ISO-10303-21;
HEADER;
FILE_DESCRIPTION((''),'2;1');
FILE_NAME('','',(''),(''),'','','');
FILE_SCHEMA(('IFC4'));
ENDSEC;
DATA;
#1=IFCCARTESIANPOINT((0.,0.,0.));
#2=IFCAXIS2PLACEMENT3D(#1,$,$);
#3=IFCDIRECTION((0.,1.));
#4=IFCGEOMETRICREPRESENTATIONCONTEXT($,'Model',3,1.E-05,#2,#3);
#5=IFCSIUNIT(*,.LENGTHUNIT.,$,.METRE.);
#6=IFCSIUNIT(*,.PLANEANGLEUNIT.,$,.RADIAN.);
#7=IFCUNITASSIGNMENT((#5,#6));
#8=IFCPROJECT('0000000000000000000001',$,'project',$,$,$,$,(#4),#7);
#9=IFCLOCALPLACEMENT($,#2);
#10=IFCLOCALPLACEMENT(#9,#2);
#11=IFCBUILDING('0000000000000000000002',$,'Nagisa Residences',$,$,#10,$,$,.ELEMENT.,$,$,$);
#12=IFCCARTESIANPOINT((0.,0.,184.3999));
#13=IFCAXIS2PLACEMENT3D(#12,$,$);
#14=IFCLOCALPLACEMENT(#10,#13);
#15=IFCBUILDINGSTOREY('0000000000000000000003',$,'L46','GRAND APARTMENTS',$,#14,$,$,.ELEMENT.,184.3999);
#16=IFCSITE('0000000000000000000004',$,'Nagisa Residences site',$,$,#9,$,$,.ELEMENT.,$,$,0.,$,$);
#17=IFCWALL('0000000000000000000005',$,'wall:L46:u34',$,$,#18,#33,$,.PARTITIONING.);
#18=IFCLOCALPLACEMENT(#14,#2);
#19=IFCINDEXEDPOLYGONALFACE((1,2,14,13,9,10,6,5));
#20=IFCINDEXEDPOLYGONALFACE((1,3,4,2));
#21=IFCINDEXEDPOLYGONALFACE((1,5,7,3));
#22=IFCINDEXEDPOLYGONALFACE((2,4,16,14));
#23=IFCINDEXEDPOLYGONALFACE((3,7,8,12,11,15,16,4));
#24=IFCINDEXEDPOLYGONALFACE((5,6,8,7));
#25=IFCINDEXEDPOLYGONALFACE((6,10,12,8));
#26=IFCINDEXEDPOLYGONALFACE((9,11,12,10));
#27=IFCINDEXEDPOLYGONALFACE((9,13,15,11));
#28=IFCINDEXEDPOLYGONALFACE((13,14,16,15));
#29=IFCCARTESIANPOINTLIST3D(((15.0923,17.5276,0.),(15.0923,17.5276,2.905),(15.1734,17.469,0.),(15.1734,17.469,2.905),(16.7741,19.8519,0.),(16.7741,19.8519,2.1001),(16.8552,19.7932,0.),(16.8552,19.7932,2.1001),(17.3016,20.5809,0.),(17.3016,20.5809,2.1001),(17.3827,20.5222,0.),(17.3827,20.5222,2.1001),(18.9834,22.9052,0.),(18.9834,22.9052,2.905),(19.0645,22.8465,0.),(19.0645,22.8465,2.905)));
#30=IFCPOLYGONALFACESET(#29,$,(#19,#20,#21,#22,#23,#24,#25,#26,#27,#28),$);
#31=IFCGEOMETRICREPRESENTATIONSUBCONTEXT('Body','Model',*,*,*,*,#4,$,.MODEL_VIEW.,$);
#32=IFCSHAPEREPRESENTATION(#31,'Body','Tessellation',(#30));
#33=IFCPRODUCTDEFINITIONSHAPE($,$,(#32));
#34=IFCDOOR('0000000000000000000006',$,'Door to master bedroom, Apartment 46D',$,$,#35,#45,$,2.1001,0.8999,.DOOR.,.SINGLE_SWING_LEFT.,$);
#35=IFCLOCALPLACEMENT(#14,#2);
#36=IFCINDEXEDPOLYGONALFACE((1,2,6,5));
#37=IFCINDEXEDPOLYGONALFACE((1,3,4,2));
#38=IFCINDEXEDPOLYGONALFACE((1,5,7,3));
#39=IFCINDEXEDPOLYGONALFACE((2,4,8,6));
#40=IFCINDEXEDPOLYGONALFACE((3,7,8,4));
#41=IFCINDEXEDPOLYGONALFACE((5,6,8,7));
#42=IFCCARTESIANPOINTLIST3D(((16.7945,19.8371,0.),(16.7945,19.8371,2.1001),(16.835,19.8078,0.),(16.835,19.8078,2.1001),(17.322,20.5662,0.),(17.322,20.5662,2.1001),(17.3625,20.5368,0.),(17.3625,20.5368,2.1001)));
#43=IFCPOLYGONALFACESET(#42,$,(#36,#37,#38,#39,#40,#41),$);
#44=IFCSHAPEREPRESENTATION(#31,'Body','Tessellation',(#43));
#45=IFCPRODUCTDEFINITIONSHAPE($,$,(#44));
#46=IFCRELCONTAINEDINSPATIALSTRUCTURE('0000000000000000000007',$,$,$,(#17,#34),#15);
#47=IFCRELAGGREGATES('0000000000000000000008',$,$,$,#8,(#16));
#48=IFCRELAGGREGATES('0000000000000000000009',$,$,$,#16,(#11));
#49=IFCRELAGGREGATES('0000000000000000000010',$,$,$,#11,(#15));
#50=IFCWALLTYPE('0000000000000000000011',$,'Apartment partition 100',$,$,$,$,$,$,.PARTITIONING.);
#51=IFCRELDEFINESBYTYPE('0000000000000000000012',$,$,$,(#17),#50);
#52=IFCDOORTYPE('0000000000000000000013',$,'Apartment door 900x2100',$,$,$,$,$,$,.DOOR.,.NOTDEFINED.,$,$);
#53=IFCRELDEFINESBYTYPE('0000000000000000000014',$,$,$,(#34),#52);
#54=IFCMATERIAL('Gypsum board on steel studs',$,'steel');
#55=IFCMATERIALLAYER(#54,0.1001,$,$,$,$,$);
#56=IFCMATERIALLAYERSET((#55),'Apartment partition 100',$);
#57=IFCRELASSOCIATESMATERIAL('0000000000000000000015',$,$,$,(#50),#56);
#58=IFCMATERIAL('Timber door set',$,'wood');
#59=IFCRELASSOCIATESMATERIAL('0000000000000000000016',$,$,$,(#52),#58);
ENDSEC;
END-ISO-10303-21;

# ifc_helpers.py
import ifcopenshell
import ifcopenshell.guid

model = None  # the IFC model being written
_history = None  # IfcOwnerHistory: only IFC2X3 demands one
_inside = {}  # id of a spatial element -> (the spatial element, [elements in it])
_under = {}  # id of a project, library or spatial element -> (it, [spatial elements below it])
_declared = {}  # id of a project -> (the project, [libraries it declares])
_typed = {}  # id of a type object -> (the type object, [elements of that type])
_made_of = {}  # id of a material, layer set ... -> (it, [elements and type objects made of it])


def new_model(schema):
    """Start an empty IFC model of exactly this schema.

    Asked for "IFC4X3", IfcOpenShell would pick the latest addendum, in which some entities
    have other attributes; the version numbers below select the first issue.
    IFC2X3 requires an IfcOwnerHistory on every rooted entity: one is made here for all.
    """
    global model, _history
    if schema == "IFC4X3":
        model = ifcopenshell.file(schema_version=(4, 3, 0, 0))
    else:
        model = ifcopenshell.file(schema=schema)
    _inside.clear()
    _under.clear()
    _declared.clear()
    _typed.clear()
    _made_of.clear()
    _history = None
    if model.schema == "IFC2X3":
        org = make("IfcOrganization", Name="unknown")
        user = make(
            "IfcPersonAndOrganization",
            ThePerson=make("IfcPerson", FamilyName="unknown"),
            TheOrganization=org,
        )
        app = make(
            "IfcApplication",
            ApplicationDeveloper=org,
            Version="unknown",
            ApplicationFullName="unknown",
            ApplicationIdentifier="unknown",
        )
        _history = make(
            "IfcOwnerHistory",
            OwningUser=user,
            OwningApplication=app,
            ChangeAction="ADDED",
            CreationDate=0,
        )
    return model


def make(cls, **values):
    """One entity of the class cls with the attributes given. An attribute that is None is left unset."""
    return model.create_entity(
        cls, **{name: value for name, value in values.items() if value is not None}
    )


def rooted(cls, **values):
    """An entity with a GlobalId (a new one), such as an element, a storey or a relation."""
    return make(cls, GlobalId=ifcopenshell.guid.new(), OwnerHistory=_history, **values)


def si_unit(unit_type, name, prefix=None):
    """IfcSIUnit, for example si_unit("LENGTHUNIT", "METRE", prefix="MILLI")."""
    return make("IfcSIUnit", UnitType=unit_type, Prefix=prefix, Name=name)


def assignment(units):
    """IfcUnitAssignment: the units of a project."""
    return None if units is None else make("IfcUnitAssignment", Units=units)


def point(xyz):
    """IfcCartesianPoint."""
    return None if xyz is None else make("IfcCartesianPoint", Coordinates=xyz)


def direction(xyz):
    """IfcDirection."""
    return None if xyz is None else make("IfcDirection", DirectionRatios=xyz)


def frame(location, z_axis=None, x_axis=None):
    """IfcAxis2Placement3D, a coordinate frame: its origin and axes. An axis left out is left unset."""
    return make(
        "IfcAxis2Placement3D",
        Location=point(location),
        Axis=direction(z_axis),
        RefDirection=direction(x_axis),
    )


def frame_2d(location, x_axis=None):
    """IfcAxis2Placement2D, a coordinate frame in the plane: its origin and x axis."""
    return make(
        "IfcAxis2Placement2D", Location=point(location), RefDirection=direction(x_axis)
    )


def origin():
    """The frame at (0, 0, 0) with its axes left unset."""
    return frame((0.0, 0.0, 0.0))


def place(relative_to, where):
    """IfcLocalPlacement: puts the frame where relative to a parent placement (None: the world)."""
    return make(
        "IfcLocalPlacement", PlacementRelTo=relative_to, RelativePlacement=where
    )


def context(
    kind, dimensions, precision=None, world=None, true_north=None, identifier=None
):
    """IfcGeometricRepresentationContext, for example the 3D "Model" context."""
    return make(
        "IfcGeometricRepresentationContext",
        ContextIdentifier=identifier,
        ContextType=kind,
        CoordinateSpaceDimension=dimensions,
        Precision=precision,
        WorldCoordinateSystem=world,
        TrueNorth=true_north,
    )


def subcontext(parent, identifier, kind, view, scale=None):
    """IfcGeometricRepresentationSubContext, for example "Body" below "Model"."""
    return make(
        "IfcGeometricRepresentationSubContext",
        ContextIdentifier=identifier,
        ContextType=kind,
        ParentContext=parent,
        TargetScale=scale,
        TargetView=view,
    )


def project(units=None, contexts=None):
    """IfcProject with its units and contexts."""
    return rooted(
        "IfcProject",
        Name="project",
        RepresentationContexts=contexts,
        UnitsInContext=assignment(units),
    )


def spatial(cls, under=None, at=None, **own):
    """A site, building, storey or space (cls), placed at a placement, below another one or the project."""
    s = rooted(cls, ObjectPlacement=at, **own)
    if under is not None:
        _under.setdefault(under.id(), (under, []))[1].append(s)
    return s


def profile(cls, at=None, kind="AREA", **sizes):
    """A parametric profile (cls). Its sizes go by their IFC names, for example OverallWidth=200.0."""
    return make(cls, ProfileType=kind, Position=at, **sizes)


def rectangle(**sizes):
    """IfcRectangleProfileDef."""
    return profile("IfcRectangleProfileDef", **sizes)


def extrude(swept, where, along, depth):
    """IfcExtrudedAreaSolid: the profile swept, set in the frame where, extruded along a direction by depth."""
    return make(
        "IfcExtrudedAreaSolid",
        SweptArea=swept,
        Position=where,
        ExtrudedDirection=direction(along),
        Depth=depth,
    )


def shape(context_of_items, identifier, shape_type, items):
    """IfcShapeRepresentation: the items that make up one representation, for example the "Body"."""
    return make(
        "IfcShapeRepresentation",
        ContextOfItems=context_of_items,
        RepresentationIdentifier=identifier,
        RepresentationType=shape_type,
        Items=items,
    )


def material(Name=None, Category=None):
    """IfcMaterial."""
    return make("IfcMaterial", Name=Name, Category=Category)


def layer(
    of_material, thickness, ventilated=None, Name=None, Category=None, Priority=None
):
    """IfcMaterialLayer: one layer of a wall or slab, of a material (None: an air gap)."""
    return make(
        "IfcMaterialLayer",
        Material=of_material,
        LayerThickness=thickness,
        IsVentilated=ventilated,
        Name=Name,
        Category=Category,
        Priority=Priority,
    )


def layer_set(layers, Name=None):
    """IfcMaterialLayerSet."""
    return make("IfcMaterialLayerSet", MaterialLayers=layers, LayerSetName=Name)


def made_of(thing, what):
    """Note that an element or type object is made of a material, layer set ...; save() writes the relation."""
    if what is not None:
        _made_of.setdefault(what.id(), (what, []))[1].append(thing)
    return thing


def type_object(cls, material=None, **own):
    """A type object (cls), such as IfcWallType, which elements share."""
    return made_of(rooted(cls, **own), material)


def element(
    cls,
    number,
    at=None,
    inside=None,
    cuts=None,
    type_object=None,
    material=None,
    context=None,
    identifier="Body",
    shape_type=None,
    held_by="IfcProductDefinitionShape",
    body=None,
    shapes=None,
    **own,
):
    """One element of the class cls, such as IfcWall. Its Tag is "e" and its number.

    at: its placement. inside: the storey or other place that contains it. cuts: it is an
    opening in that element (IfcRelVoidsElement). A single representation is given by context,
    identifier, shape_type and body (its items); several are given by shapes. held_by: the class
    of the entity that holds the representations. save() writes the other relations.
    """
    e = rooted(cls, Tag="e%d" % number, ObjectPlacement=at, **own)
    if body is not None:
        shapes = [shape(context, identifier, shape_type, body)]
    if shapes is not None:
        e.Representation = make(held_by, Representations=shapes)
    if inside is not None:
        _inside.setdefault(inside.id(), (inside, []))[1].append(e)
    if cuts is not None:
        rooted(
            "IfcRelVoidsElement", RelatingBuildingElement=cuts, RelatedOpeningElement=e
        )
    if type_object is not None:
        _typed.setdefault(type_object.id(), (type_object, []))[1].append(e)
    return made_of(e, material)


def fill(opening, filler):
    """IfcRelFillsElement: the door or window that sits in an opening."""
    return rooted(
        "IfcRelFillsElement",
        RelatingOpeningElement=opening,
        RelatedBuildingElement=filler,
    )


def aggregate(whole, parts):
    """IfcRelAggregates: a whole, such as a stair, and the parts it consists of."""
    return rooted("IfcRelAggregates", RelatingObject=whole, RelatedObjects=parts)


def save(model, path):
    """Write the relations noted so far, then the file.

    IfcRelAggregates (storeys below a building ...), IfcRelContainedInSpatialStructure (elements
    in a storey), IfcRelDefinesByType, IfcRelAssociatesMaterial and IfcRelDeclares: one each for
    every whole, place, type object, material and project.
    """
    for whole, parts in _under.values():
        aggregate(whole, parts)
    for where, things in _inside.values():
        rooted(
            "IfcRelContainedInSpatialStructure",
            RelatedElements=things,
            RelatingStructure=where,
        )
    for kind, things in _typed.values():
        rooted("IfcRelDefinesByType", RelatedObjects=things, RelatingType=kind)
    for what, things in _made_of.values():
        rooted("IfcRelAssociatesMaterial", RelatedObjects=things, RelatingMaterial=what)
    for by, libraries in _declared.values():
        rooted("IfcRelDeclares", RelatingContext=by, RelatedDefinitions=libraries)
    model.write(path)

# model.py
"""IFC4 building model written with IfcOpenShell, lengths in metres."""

from ifc_helpers import new_model, si_unit, direction, frame, frame_2d, origin, place, context, subcontext, project, spatial, rectangle, extrude, material, layer, layer_set, type_object, element, fill, save


model = new_model("IFC4")

# Units and contexts
model_context = context("Model", 3, precision=1e-05, world=origin(), true_north=direction((0.0, 1.0)))
body_context = subcontext(model_context, "Body", "Model", "MODEL_VIEW")
ifc_project = project(units=[si_unit("LENGTHUNIT", "METRE"), si_unit("PLANEANGLEUNIT", "RADIAN")], contexts=[model_context])

# Site, building, storey
site_placement = place(None, origin())
site = spatial("IfcSite", under=ifc_project, at=site_placement, Name="Nagisa Residences site", CompositionType="ELEMENT", RefElevation=0.0)
building_placement = place(site_placement, origin())
building = spatial("IfcBuilding", under=site, at=building_placement, Name="Nagisa Residences", CompositionType="ELEMENT")
storey_placement = place(building_placement, frame((0.0, 0.0, 184.3999)))
storey = spatial("IfcBuildingStorey", under=building, at=storey_placement, Name="L46", Description="GRAND APARTMENTS", CompositionType="ELEMENT", Elevation=184.3999)

# Wall, opening, door
ifc_material_1 = material(Name="Gypsum board on steel studs", Category="steel")
ifc_layer_1 = layer(ifc_material_1, 0.1001)
ifc_layer_set_1 = layer_set([ifc_layer_1], Name="Apartment partition 100")
wall_type_1 = type_object("IfcWallType", Name="Apartment partition 100", PredefinedType="PARTITIONING", material=ifc_layer_set_1)
ifc_material_2 = material(Name="Timber door set", Category="wood")
door_type_1 = type_object("IfcDoorType", Name="Apartment door 900x2100", OperationType="NOTDEFINED", PredefinedType="DOOR", material=ifc_material_2)
wall_1_placement = place(storey_placement, frame((15.1328, 17.4983, 0.0), z_axis=(0.0, 0.0, 1.0), x_axis=(0.586224, 0.810149, 0.0)))
wall_1 = element("IfcWall", 1, at=wall_1_placement, inside=storey, type_object=wall_type_1, Name="wall:L46:u34", PredefinedType="PARTITIONING", context=body_context, shape_type="SweptSolid", body=[
    extrude(rectangle(XDim=6.6377, YDim=0.1001, at=frame_2d((3.3188, 0.0))), origin(), (0.0, 0.0, 1.0), 2.905),
])
opening_1_placement = place(wall_1_placement, frame((2.8689, 0.0, 0.0)))
opening_1 = element("IfcOpeningElement", 2, at=opening_1_placement, cuts=wall_1, PredefinedType="OPENING", context=body_context, shape_type="SweptSolid", body=[
    extrude(rectangle(XDim=0.8999, YDim=2.1001, at=frame_2d((0.45, 1.05))), frame((0.0, 0.0601, 0.0), z_axis=(0.0, -1.0, 0.0), x_axis=(1.0, 0.0, 0.0)), (0.0, 0.0, 1.0), 0.1201),
])
door_1_placement = place(opening_1_placement, origin())
door_1 = element("IfcDoor", 3, at=door_1_placement, inside=storey, type_object=door_type_1, Name="Door to master bedroom, Apartment 46D", OperationType="SINGLE_SWING_LEFT", OverallHeight=2.1001, OverallWidth=0.8999, PredefinedType="DOOR", context=body_context, shape_type="SweptSolid", body=[
    extrude(rectangle(XDim=0.8999, YDim=2.1001, at=frame_2d((0.45, 1.05))), frame((0.0, 0.0249, 0.0), z_axis=(0.0, -1.0, 0.0), x_axis=(1.0, 0.0, 0.0)), (0.0, 0.0, 1.0), 0.05),
])
fill(opening_1, door_1)

save(model, "model.ifc")
